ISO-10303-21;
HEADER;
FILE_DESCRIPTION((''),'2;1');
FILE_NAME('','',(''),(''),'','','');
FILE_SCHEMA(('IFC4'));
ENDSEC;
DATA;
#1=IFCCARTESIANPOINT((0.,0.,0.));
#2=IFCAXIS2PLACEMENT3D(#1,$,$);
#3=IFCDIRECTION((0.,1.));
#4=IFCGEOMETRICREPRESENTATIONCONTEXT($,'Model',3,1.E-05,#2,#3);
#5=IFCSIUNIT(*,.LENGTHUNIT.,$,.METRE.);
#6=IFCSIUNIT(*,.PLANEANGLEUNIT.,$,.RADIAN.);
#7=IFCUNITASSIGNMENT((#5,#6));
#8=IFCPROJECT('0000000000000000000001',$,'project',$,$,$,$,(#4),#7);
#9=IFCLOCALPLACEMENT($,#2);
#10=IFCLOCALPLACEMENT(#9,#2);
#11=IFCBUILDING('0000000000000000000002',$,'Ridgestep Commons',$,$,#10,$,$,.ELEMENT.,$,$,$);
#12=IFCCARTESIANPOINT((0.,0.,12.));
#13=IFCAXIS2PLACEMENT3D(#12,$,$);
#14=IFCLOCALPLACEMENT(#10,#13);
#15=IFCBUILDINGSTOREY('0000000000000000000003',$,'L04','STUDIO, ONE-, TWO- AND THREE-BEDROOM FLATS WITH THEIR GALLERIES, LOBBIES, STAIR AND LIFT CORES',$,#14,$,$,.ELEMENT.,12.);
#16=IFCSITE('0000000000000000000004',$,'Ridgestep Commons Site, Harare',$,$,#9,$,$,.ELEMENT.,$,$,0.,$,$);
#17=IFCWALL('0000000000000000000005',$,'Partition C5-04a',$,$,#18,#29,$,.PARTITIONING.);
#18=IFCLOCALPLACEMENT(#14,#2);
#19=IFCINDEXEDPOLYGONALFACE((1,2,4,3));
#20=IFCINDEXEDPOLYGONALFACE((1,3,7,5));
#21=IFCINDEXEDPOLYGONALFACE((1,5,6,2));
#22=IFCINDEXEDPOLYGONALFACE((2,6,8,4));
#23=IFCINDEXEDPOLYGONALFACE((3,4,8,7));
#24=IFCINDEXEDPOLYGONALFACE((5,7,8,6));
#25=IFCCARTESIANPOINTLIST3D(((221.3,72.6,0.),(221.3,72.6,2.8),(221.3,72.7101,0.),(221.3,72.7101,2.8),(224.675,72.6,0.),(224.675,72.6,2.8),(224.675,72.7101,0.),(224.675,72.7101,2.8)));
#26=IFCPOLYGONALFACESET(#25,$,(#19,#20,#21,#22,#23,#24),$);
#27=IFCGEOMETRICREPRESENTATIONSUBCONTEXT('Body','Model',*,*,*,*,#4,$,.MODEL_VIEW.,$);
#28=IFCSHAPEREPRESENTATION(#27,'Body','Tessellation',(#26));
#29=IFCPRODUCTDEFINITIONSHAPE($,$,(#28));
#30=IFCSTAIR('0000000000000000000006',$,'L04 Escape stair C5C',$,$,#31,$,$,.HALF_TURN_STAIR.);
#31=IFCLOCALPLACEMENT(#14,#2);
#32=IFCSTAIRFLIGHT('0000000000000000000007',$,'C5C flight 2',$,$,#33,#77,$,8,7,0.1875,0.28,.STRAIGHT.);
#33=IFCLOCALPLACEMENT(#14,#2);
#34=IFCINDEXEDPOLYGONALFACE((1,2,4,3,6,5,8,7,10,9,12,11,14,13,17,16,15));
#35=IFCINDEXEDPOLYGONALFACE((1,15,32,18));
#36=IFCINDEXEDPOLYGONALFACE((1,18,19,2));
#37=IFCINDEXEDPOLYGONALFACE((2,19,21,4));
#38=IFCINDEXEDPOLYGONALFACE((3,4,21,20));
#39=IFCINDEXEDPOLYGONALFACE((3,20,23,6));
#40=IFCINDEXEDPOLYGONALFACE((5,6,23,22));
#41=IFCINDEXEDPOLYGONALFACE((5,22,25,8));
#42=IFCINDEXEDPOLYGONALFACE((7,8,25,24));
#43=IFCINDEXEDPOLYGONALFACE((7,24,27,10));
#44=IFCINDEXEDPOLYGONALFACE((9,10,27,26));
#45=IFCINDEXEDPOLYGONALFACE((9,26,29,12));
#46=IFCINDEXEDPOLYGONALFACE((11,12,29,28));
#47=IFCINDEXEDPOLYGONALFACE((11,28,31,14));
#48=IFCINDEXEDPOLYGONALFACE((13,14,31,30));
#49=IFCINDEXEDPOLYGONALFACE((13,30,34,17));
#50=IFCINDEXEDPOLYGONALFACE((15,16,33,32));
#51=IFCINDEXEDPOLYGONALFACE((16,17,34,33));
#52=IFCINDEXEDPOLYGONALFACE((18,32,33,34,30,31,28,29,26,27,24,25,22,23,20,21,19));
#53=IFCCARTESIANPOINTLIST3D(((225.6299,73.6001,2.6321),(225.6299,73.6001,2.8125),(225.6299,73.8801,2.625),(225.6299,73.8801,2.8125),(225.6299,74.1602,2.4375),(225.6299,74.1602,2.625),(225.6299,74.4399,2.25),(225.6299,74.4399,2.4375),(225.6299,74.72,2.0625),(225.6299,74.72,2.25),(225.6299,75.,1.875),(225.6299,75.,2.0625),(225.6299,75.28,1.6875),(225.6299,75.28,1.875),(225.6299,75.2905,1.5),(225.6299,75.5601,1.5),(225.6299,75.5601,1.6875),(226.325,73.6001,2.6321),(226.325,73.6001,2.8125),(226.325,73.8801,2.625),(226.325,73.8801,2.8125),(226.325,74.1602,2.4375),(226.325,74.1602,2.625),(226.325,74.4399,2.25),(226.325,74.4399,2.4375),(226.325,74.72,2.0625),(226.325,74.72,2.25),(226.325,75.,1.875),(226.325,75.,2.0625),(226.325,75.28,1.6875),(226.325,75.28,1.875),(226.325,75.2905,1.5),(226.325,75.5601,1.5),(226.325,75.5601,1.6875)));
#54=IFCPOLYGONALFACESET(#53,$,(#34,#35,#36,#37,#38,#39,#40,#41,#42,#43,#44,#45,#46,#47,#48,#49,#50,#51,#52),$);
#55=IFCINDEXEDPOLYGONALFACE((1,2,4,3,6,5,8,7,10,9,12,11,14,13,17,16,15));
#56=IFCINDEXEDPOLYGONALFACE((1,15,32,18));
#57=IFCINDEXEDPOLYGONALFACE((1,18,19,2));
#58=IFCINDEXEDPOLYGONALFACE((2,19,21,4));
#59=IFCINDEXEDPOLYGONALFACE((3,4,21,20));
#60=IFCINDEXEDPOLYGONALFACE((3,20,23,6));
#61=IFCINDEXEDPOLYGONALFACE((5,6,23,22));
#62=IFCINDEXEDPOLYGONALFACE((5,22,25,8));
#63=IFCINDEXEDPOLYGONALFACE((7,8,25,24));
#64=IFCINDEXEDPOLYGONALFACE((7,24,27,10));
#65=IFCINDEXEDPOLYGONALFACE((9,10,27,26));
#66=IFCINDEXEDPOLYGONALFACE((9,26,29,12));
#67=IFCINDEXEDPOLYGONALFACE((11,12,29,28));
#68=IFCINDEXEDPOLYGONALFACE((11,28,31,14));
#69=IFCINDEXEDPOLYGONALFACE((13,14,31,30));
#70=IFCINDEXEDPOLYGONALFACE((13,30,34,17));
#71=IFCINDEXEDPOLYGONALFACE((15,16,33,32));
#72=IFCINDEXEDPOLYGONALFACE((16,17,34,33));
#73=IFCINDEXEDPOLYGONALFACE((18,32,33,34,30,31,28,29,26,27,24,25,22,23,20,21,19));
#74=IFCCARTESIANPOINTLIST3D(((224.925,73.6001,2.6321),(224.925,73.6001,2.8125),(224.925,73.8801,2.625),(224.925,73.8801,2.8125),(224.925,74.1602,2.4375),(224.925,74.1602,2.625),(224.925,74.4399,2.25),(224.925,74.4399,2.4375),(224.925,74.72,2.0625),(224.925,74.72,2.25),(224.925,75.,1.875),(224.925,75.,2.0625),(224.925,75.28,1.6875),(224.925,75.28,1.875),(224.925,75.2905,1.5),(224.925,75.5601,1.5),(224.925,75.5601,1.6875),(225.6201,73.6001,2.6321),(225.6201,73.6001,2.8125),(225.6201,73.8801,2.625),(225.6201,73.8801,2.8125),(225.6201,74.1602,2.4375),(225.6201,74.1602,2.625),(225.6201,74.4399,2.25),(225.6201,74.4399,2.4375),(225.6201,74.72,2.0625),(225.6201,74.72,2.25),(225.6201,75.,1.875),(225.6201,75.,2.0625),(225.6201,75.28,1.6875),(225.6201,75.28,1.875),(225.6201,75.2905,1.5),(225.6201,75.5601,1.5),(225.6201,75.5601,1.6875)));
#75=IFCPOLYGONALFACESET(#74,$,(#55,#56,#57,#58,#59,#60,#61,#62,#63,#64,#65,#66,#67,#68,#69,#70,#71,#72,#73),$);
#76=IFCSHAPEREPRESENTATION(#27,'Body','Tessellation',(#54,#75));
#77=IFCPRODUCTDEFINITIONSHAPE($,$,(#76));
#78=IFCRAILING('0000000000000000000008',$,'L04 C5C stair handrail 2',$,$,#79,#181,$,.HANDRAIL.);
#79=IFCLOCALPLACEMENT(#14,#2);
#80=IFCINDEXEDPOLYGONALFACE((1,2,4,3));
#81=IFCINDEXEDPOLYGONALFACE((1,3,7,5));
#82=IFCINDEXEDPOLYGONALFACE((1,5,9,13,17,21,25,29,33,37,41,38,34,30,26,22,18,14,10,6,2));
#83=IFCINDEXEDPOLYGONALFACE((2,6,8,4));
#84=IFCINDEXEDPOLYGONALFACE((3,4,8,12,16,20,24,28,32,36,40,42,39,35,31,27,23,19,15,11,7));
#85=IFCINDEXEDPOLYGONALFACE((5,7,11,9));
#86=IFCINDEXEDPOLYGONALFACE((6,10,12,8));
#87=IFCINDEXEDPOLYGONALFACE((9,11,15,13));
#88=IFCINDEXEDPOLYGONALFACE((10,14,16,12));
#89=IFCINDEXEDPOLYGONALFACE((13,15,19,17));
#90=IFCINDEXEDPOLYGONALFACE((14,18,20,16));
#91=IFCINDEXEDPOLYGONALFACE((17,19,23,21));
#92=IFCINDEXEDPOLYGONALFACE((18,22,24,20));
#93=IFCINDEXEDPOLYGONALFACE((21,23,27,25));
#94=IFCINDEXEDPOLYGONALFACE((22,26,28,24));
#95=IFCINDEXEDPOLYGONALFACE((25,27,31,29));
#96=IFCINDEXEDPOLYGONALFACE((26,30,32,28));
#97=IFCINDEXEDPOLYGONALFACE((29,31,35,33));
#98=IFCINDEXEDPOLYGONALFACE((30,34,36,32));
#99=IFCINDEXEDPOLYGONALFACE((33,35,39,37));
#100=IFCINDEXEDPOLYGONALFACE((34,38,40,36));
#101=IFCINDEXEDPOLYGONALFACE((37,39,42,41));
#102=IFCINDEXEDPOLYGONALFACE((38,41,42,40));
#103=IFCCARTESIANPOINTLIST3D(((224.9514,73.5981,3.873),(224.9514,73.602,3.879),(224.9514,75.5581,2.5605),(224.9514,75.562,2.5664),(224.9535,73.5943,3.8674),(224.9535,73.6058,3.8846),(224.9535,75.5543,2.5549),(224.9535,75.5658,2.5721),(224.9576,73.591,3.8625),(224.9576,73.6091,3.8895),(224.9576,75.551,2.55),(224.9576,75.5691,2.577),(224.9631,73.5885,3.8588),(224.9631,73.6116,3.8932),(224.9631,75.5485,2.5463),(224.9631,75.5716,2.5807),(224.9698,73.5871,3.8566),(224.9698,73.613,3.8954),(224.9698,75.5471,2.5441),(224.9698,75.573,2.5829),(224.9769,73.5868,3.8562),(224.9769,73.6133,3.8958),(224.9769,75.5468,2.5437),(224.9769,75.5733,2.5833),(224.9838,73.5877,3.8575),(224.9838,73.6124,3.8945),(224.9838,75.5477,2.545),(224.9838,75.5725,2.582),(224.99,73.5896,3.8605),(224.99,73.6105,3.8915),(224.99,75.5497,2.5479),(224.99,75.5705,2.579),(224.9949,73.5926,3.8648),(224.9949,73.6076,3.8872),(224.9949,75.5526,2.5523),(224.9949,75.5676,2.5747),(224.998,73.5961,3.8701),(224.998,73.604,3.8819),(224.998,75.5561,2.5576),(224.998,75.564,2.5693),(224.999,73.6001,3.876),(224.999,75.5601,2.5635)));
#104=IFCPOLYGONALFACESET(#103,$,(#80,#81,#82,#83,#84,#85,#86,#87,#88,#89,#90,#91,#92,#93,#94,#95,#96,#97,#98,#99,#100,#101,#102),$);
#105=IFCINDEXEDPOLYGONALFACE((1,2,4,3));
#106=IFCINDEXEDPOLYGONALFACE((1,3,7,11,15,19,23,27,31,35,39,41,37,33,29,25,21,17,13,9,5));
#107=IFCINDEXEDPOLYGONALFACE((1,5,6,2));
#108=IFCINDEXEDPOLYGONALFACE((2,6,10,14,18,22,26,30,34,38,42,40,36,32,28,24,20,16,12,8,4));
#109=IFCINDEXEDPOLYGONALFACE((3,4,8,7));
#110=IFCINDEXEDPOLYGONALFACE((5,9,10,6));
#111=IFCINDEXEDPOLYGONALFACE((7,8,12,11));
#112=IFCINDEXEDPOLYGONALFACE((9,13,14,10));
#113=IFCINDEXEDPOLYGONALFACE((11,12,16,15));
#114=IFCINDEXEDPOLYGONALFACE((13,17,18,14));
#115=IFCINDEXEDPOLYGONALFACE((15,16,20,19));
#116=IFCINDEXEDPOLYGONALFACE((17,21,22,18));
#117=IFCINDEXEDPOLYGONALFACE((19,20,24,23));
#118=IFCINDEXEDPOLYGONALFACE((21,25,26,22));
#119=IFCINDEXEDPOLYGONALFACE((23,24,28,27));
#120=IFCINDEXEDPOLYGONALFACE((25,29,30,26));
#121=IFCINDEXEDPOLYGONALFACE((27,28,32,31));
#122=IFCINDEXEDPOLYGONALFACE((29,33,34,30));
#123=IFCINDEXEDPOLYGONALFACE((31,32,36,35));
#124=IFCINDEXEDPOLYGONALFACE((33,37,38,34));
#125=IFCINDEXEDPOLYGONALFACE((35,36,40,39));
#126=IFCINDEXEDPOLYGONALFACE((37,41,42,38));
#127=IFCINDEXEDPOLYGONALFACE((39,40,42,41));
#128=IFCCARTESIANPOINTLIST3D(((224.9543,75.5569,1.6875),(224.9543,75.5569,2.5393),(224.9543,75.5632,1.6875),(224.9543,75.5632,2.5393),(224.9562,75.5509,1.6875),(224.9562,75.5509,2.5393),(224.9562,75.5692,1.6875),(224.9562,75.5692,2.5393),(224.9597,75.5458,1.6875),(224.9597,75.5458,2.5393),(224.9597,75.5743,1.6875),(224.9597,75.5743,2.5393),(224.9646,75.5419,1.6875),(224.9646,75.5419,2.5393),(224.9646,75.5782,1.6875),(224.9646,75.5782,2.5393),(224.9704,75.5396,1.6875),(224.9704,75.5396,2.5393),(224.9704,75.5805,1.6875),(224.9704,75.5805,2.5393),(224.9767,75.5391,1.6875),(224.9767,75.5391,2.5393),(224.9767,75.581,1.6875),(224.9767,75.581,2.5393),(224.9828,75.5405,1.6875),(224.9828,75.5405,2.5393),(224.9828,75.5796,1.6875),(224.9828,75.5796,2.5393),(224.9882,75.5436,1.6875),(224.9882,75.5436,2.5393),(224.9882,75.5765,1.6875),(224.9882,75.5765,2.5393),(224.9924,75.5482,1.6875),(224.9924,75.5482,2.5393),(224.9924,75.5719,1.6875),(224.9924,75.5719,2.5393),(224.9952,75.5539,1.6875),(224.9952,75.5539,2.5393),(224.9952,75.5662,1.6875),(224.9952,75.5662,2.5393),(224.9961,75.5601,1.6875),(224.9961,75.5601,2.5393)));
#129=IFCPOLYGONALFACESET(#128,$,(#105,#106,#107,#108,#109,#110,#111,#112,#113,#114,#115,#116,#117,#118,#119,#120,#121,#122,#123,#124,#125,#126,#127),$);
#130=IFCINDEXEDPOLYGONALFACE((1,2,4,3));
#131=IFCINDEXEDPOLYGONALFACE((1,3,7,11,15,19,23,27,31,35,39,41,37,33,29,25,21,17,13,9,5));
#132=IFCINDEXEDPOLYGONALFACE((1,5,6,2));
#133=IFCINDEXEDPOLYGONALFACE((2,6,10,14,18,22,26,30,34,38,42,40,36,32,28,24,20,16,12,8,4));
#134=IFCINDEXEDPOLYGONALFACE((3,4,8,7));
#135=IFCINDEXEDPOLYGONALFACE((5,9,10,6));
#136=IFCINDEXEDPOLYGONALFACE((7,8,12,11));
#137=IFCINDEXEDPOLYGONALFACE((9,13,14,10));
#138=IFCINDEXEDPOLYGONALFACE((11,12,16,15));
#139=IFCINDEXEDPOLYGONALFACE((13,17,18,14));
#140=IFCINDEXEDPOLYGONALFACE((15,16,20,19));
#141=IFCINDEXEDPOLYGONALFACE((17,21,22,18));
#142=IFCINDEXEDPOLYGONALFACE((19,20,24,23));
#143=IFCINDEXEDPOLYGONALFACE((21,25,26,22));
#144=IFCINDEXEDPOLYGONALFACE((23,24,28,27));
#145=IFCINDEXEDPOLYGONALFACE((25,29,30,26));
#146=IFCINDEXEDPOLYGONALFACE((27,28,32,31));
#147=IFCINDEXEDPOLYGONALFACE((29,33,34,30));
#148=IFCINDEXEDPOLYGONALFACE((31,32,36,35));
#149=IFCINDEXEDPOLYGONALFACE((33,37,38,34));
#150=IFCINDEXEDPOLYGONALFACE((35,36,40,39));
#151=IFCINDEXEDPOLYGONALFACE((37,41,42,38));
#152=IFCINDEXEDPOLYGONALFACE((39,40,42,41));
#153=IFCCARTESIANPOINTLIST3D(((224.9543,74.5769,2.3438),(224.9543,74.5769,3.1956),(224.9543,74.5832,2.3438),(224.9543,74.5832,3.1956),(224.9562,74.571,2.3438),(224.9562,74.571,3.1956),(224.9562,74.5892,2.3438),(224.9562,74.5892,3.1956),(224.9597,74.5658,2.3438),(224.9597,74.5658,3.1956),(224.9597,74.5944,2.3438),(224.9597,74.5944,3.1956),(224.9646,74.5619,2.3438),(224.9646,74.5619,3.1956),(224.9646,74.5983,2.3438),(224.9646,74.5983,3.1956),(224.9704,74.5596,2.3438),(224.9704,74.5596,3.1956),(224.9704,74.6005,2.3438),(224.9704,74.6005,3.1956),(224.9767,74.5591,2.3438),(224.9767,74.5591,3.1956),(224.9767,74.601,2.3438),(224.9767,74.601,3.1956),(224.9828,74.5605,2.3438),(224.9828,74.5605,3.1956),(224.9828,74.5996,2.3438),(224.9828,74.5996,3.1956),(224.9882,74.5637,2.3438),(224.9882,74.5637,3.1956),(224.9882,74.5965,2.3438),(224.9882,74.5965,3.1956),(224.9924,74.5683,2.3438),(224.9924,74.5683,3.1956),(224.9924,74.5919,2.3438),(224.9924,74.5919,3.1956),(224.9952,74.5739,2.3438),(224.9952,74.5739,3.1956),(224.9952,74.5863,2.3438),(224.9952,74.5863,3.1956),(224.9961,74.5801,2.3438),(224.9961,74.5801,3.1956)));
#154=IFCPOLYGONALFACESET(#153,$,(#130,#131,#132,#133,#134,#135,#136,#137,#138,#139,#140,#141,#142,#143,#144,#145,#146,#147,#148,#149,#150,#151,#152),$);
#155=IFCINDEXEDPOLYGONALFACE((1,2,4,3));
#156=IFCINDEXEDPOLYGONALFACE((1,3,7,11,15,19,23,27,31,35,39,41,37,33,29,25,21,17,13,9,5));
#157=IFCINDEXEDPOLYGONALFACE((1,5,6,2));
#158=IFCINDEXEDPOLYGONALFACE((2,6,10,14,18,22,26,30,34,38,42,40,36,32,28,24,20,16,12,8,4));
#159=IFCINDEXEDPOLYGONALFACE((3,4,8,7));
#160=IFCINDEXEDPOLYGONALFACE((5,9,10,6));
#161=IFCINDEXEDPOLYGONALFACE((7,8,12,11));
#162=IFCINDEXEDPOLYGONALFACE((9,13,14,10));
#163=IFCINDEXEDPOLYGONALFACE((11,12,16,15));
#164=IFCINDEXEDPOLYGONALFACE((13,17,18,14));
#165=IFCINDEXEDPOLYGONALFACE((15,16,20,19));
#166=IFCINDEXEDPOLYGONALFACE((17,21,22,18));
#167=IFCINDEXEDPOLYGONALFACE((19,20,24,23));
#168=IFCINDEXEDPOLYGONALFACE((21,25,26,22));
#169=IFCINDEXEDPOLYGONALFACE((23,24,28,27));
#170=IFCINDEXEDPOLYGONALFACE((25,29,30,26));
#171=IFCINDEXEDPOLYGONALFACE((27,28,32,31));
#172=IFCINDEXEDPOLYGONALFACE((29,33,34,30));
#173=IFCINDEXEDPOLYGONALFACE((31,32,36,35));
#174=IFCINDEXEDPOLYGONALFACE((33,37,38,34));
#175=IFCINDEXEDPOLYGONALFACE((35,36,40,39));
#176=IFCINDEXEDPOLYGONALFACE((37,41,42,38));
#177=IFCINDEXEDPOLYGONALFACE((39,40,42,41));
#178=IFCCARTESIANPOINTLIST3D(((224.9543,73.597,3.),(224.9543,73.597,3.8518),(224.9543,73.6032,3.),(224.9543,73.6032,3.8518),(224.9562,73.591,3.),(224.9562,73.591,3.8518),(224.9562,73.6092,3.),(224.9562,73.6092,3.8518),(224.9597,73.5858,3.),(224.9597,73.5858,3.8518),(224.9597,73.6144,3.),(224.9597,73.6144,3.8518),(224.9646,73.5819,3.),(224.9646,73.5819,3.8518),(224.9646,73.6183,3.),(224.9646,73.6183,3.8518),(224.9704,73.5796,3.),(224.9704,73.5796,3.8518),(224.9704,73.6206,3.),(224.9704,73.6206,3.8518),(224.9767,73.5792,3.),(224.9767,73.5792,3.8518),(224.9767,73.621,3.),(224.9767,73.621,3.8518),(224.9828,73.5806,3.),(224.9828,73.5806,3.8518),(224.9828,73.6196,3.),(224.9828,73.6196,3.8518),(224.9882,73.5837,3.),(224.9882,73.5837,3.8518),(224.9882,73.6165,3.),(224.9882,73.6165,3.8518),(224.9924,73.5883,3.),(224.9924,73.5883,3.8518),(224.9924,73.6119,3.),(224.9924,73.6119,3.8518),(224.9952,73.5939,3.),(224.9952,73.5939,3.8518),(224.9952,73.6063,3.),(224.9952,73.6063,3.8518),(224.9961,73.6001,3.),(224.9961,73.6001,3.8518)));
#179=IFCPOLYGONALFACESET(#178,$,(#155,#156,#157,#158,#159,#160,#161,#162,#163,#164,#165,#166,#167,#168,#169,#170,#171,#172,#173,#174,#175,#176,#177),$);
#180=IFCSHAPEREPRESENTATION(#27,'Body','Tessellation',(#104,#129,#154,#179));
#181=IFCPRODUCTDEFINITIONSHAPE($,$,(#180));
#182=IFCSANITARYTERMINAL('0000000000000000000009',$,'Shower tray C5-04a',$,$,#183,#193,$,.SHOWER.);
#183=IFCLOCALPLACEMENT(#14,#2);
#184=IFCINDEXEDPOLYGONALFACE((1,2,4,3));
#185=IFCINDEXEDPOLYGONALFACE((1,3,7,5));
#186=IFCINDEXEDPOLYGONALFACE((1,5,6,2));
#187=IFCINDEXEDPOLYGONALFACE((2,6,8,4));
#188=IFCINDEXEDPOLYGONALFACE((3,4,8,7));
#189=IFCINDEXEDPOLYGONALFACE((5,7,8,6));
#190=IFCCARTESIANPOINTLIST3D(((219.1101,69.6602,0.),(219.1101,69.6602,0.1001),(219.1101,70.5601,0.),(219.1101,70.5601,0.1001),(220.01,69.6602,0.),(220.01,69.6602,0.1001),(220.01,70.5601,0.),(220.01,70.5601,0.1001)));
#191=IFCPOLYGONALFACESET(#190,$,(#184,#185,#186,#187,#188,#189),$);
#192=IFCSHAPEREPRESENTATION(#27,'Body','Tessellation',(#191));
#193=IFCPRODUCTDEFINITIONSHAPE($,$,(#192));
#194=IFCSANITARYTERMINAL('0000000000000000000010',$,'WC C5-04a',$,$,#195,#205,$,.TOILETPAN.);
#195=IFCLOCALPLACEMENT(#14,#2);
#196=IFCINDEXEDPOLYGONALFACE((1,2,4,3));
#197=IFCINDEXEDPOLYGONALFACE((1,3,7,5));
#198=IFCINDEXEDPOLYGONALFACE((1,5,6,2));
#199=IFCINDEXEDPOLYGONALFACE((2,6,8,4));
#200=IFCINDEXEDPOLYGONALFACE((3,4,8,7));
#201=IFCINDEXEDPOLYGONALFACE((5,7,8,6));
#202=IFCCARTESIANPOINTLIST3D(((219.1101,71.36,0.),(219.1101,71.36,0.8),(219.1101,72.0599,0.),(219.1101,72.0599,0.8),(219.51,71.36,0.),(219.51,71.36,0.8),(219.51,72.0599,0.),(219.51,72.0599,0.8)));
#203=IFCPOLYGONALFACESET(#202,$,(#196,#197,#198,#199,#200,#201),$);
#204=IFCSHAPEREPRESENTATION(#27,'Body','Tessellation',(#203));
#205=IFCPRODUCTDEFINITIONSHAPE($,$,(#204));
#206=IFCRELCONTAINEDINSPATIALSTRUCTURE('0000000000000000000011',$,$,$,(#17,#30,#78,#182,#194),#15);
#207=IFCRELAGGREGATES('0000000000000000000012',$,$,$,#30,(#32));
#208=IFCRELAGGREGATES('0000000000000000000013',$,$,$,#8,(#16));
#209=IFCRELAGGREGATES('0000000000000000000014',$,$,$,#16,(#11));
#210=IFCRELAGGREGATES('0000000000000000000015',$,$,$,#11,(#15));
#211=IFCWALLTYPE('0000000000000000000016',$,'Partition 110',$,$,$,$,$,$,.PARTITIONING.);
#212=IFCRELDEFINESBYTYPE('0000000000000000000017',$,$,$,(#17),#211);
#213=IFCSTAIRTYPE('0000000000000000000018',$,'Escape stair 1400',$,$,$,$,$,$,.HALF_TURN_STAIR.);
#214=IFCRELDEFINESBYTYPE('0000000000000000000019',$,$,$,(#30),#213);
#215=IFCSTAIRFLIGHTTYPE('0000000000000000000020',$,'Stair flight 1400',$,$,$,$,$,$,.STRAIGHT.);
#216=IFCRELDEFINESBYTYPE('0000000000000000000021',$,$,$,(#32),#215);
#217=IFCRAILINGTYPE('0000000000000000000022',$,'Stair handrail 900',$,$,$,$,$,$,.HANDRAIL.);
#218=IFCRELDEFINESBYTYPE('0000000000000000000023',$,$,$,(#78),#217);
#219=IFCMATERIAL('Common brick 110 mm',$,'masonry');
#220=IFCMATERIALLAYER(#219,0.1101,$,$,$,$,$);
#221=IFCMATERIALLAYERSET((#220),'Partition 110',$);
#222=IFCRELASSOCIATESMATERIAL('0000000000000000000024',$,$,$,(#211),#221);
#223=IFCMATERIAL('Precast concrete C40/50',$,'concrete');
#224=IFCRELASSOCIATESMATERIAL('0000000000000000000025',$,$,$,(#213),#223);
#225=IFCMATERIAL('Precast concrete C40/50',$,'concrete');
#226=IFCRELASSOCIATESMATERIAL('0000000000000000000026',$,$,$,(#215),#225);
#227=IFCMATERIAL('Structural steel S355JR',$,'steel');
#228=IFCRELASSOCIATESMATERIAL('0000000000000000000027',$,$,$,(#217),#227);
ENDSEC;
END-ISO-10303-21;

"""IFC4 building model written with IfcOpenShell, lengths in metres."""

from ifc_helpers import new_model, si_unit, direction, frame, frame_2d, origin, origin_2d, place, context, subcontext, project, spatial, polyline, rectangle, circle, outline, extrude, material, layer, layer_set, type_object, element, aggregate, save


model = new_model("IFC4")

# Units and contexts
model_context = context("Model", 3, precision=1e-05, world=origin(), true_north=direction((0.0, 1.0)))
body_context = subcontext(model_context, "Body", "Model", "MODEL_VIEW")
ifc_project = project(units=[si_unit("LENGTHUNIT", "METRE"), si_unit("PLANEANGLEUNIT", "RADIAN")], contexts=[model_context])

# Site, building, storey
site_placement = place(None, origin())
site = spatial("IfcSite", under=ifc_project, at=site_placement, Name="Ridgestep Commons Site, Harare", CompositionType="ELEMENT", RefElevation=0.0)
building_placement = place(site_placement, origin())
building = spatial("IfcBuilding", under=site, at=building_placement, Name="Ridgestep Commons", CompositionType="ELEMENT")
storey_placement = place(building_placement, frame((0.0, 0.0, 12.0)))
storey = spatial("IfcBuildingStorey", under=building, at=storey_placement, Name="L04", Description="STUDIO, ONE-, TWO- AND THREE-BEDROOM FLATS WITH THEIR GALLERIES, LOBBIES, STAIR AND LIFT CORES", CompositionType="ELEMENT", Elevation=12.0)

# Wall
ifc_material_1 = material(Name="Common brick 110 mm", Category="masonry")
ifc_layer_1 = layer(ifc_material_1, 0.1101)
ifc_layer_set_1 = layer_set([ifc_layer_1], Name="Partition 110")
wall_type_1 = type_object("IfcWallType", Name="Partition 110", PredefinedType="PARTITIONING", material=ifc_layer_set_1)
wall_1_placement = place(storey_placement, frame((221.3, 72.655, 0.0), z_axis=(0.0, 0.0, 1.0), x_axis=(1.0, 0.0, 0.0)))
element("IfcWall", 1, at=wall_1_placement, inside=storey, type_object=wall_type_1, Name="Partition C5-04a", PredefinedType="PARTITIONING", context=body_context, shape_type="SweptSolid", body=[
    extrude(rectangle(XDim=3.375, YDim=0.1101, at=frame_2d((1.6875, 0.0))), origin(), (0.0, 0.0, 1.0), 2.8),
])

# Stair, stair flight
ifc_material_2 = material(Name="Precast concrete C40/50", Category="concrete")
stair_type = type_object("IfcStairType", Name="Escape stair 1400", PredefinedType="HALF_TURN_STAIR", material=ifc_material_2)
stair_placement = place(storey_placement, origin())
stair = element("IfcStair", 2, at=stair_placement, inside=storey, type_object=stair_type, Name="L04 Escape stair C5C", PredefinedType="HALF_TURN_STAIR")
ifc_material_3 = material(Name="Precast concrete C40/50", Category="concrete")
stair_flight_type = type_object("IfcStairFlightType", Name="Stair flight 1400", PredefinedType="STRAIGHT", material=ifc_material_3)
stair_flight_placement = place(storey_placement, frame((225.625, 75.5601, 1.5), z_axis=(0.0, 0.0, 1.0), x_axis=(0.0, -1.0, 0.0)))
stair_flight = element("IfcStairFlight", 3, at=stair_flight_placement, type_object=stair_flight_type, Name="C5C flight 2", NumberOfRisers=8, NumberOfTreads=7, PredefinedType="STRAIGHT", RiserHeight=0.1875, TreadLength=0.28, context=body_context, shape_type="SweptSolid", body=[
    extrude(outline(polyline([(0.0, 0.0), (0.0, 0.1875), (0.28, 0.1875), (0.28, 0.375), (0.5601, 0.375), (0.5601, 0.5625), (0.8401, 0.5625), (0.8401, 0.75), (1.1201, 0.75), (1.1201, 0.9375), (1.3999, 0.9375), (1.3999, 1.125), (1.6799, 1.125), (1.6799, 1.3125), (1.96, 1.3125), (1.96, 1.5), (1.96, 1.1321), (0.2695, 0.0), (0.0, 0.0)])), frame((0.0, 0.7, 0.0), z_axis=(0.0, -1.0, 0.0), x_axis=(1.0, 0.0, 0.0)), (0.0, 0.0, 1.0), 0.6951),
    extrude(outline(polyline([(0.0, 0.0), (0.0, 0.1875), (0.28, 0.1875), (0.28, 0.375), (0.5601, 0.375), (0.5601, 0.5625), (0.8401, 0.5625), (0.8401, 0.75), (1.1201, 0.75), (1.1201, 0.9375), (1.3999, 0.9375), (1.3999, 1.125), (1.6799, 1.125), (1.6799, 1.3125), (1.96, 1.3125), (1.96, 1.5), (1.96, 1.1321), (0.2695, 0.0), (0.0, 0.0)])), frame((0.0, -0.0049, 0.0), z_axis=(0.0, -1.0, 0.0), x_axis=(1.0, 0.0, 0.0)), (0.0, 0.0, 1.0), 0.6951),
])
aggregate(stair, [stair_flight])

# Railing
ifc_material_4 = material(Name="Structural steel S355JR", Category="steel")
railing_type = type_object("IfcRailingType", Name="Stair handrail 900", PredefinedType="HANDRAIL", material=ifc_material_4)
railing_placement = place(storey_placement, frame((224.9751, 75.5601, 1.6875)))
element("IfcRailing", 4, at=railing_placement, inside=storey, type_object=railing_type, Name="L04 C5C stair handrail 2", PredefinedType="HANDRAIL", context=body_context, shape_type="SweptSolid", body=[
    extrude(circle(Radius=0.0239, at=origin_2d()), frame((0.0, 0.0, 0.876), z_axis=(0.0, -0.830902, 0.556419), x_axis=(1.0, 0.0, 0.0)), (0.0, 0.0, 1.0), 2.3589),
    extrude(circle(Radius=0.021, at=origin_2d()), origin(), (0.0, 0.0, 1.0), 0.8518),
    extrude(circle(Radius=0.021, at=origin_2d()), frame((0.0, -0.98, 0.6562)), (0.0, 0.0, 1.0), 0.8518),
    extrude(circle(Radius=0.021, at=origin_2d()), frame((0.0, -1.96, 1.3125)), (0.0, 0.0, 1.0), 0.8518),
])

# Sanitary terminals
sanitary_terminal_1_placement = place(storey_placement, frame((219.5601, 70.1101, 0.0), z_axis=(0.0, 0.0, 1.0), x_axis=(1.0, 0.0, 0.0)))
element("IfcSanitaryTerminal", 5, at=sanitary_terminal_1_placement, inside=storey, Name="Shower tray C5-04a", PredefinedType="SHOWER", context=body_context, shape_type="SweptSolid", body=[
    extrude(rectangle(XDim=0.8999, YDim=0.8999, at=origin_2d()), origin(), (0.0, 0.0, 1.0), 0.1001),
])
sanitary_terminal_2_placement = place(storey_placement, frame((219.3101, 71.71, 0.0), z_axis=(0.0, 0.0, 1.0), x_axis=(1.0, 0.0, 0.0)))
element("IfcSanitaryTerminal", 6, at=sanitary_terminal_2_placement, inside=storey, Name="WC C5-04a", PredefinedType="TOILETPAN", context=body_context, shape_type="SweptSolid", body=[
    extrude(rectangle(XDim=0.3999, YDim=0.7, at=origin_2d()), origin(), (0.0, 0.0, 1.0), 0.8),
])

save(model, "model.ifc")
